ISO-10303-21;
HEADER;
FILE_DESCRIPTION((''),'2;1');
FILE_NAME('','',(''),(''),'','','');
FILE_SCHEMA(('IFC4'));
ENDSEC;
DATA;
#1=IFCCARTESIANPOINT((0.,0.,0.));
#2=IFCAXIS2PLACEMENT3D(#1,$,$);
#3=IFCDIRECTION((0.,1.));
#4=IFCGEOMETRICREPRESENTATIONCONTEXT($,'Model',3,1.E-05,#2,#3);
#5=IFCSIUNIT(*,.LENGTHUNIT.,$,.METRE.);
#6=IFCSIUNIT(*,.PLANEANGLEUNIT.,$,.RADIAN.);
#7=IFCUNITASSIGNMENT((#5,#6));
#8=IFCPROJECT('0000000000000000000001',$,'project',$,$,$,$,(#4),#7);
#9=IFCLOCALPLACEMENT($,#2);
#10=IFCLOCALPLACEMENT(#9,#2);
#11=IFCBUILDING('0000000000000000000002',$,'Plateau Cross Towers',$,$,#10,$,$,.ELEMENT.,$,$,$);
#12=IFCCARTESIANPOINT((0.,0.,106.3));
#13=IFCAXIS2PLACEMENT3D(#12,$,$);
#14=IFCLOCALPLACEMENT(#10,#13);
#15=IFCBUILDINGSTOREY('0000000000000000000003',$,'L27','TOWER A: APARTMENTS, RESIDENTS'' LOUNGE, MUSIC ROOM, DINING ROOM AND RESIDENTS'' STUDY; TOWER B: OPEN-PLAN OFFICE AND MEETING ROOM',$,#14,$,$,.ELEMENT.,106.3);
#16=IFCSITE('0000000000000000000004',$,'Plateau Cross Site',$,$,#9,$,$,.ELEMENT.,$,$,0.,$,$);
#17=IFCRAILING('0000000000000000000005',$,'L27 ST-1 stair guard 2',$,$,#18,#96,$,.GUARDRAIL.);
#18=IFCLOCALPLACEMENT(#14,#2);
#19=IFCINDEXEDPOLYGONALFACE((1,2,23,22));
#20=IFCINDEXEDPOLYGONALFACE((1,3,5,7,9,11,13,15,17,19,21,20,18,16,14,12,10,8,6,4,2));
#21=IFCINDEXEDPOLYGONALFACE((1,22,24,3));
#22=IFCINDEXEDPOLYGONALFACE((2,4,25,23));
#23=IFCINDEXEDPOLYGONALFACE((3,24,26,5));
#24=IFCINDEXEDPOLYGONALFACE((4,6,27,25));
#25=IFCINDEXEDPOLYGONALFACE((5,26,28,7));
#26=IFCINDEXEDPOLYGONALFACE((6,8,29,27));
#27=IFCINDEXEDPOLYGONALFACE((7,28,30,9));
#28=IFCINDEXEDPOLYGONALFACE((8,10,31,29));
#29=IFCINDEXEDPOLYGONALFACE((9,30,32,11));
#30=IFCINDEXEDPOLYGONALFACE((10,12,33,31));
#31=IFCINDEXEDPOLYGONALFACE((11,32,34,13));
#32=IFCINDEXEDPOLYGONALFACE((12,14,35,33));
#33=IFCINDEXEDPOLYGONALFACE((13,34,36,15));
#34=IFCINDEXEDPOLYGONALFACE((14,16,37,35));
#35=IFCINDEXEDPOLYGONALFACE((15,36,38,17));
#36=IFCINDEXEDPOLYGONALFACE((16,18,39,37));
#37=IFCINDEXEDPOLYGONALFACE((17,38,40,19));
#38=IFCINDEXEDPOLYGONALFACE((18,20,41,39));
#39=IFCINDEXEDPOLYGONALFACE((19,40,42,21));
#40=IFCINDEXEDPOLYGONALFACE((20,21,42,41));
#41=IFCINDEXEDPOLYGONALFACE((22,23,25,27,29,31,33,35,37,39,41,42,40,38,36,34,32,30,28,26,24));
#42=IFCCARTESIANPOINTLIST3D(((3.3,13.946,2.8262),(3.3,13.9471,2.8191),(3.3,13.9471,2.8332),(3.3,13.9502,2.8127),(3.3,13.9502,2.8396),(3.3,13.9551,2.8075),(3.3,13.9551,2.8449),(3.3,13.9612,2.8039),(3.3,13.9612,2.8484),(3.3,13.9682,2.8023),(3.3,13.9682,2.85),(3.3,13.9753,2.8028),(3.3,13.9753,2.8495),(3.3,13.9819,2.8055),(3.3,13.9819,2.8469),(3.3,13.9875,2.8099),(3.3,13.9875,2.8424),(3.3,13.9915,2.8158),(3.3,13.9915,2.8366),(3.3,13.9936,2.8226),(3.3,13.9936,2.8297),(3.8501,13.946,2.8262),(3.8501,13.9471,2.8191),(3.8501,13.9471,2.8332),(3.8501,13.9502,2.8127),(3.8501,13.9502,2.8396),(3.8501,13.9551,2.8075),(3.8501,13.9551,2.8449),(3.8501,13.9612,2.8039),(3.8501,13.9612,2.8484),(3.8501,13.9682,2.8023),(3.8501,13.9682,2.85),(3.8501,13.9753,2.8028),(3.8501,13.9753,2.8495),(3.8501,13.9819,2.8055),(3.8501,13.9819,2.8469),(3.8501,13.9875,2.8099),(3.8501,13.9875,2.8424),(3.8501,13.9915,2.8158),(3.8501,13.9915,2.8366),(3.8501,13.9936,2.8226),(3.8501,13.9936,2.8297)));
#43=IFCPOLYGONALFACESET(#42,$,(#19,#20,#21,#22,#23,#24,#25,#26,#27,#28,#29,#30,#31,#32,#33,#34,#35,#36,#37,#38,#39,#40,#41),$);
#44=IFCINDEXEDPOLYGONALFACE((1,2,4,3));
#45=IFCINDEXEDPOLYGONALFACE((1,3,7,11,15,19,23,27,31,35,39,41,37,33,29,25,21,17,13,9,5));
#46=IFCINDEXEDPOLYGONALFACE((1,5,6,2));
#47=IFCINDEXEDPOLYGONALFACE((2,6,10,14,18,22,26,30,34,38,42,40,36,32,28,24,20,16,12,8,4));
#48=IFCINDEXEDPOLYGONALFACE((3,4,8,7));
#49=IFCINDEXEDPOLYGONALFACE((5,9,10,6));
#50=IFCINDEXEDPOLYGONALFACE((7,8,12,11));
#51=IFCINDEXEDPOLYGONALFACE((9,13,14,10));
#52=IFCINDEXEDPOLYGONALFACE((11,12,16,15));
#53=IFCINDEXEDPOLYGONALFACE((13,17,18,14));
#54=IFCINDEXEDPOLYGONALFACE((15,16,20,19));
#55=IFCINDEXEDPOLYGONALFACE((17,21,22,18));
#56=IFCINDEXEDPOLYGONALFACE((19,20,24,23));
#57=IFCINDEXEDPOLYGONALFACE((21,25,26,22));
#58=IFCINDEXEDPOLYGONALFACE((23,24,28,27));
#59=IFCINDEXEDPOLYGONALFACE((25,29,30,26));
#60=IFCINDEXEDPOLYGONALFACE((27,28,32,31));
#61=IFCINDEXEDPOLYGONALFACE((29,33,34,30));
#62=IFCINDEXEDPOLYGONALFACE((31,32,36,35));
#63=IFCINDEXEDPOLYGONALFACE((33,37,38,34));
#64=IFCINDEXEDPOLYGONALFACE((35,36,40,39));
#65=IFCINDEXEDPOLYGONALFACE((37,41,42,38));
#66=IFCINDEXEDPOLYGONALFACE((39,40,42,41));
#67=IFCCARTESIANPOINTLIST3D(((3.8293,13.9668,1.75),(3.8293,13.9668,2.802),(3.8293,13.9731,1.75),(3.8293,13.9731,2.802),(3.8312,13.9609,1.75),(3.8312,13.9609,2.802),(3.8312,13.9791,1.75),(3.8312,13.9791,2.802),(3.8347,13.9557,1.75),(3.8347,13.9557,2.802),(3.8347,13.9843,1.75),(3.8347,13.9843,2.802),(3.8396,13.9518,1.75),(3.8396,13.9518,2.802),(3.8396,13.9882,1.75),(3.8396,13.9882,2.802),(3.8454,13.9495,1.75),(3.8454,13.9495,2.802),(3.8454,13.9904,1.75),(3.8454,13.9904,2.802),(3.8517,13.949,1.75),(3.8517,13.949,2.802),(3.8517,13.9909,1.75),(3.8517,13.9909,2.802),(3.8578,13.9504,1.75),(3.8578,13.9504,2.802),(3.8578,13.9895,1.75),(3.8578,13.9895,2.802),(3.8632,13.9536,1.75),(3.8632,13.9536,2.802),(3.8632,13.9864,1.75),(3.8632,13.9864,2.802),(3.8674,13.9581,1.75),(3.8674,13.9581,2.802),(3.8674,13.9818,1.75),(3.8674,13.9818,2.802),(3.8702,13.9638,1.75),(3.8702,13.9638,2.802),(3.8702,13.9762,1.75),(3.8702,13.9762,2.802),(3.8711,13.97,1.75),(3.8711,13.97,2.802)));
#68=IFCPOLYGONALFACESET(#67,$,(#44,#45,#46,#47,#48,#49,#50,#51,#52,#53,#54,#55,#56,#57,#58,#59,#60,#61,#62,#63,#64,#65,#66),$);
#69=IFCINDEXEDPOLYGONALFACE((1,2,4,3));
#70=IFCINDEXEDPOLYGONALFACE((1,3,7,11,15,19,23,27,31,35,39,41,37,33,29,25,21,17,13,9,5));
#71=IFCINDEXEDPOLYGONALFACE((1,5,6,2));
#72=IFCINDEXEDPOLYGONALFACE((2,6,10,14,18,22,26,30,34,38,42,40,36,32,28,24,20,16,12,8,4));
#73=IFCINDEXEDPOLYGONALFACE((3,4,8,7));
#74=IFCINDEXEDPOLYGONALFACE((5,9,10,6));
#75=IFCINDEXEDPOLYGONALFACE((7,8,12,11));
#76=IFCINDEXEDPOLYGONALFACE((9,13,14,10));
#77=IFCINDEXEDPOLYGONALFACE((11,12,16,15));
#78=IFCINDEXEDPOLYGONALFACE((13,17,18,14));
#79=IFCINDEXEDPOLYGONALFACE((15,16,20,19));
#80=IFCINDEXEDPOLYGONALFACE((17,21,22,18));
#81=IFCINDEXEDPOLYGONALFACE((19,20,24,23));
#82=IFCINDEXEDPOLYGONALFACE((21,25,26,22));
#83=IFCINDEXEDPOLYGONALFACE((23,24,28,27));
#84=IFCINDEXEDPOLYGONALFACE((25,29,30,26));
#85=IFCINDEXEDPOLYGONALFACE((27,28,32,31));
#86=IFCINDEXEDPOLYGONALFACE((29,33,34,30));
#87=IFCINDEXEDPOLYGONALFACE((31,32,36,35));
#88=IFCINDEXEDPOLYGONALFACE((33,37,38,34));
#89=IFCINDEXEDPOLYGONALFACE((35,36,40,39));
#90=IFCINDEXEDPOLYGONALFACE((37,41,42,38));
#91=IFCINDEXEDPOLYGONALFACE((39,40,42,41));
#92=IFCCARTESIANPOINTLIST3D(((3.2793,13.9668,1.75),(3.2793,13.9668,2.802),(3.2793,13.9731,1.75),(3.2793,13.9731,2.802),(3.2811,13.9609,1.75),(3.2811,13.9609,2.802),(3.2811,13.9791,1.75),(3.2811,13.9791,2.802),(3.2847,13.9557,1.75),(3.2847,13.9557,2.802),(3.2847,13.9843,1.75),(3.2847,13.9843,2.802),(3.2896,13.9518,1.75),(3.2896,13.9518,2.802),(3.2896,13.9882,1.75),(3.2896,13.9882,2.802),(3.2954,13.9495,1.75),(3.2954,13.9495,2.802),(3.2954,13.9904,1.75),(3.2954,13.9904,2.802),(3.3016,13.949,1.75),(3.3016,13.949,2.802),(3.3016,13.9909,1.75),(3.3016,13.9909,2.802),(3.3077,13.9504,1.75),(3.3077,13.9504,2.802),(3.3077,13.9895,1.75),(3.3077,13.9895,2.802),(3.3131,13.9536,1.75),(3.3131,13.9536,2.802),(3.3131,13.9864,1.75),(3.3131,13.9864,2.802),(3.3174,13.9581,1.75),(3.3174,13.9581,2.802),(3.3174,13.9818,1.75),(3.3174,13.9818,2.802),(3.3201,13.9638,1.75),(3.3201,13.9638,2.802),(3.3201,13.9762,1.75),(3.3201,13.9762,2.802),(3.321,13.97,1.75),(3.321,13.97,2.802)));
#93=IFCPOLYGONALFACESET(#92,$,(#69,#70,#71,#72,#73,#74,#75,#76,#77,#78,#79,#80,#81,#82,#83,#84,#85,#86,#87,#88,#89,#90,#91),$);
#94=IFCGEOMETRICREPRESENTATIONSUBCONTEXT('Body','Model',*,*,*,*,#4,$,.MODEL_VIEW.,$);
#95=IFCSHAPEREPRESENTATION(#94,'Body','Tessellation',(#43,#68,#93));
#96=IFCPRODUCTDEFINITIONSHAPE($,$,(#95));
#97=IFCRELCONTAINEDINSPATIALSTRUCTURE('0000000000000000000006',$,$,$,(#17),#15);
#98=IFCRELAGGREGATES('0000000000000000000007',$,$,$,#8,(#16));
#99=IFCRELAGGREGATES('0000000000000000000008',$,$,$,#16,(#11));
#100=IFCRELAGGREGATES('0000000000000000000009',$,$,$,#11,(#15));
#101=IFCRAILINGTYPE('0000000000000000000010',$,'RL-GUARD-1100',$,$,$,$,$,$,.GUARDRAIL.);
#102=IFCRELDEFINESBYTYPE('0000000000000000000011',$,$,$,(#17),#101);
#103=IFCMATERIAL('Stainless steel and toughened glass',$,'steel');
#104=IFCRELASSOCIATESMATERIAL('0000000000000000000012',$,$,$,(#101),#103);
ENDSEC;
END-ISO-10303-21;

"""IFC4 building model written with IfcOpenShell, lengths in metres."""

from ifc_helpers import new_model, si_unit, direction, frame, origin, origin_2d, place, context, subcontext, project, spatial, circle, extrude, material, type_object, element, save


model = new_model("IFC4")

# Units and contexts
model_context = context("Model", 3, precision=1e-05, world=origin(), true_north=direction((0.0, 1.0)))
body_context = subcontext(model_context, "Body", "Model", "MODEL_VIEW")
ifc_project = project(units=[si_unit("LENGTHUNIT", "METRE"), si_unit("PLANEANGLEUNIT", "RADIAN")], contexts=[model_context])

# Site, building, storey
site_placement = place(None, origin())
site = spatial("IfcSite", under=ifc_project, at=site_placement, Name="Plateau Cross Site", CompositionType="ELEMENT", RefElevation=0.0)
building_placement = place(site_placement, origin())
building = spatial("IfcBuilding", under=site, at=building_placement, Name="Plateau Cross Towers", CompositionType="ELEMENT")
storey_placement = place(building_placement, frame((0.0, 0.0, 106.3)))
storey = spatial("IfcBuildingStorey", under=building, at=storey_placement, Name="L27", Description="TOWER A: APARTMENTS, RESIDENTS' LOUNGE, MUSIC ROOM, DINING ROOM AND RESIDENTS' STUDY; TOWER B: OPEN-PLAN OFFICE AND MEETING ROOM", CompositionType="ELEMENT", Elevation=106.3)

# Railing
ifc_material_1 = material(Name="Stainless steel and toughened glass", Category="steel")
railing_type_1 = type_object("IfcRailingType", Name="RL-GUARD-1100", PredefinedType="GUARDRAIL", material=ifc_material_1)
railing_1_placement = place(storey_placement, frame((3.8501, 13.97, 1.75)))
element("IfcRailing", 1, at=railing_1_placement, inside=storey, type_object=railing_type_1, Name="L27 ST-1 stair guard 2", PredefinedType="GUARDRAIL", context=body_context, shape_type="SweptSolid", body=[
    extrude(circle(Radius=0.0239, at=origin_2d()), frame((0.0, 0.0, 1.0762), z_axis=(-1.0, 0.0, 0.0), x_axis=(0.0, -1.0, 0.0)), (0.0, 0.0, 1.0), 0.55),
    extrude(circle(Radius=0.021, at=origin_2d()), origin(), (0.0, 0.0, 1.0), 1.052),
    extrude(circle(Radius=0.021, at=origin_2d()), frame((-0.55, 0.0, 0.0)), (0.0, 0.0, 1.0), 1.052),
])

save(model, "model.ifc")
